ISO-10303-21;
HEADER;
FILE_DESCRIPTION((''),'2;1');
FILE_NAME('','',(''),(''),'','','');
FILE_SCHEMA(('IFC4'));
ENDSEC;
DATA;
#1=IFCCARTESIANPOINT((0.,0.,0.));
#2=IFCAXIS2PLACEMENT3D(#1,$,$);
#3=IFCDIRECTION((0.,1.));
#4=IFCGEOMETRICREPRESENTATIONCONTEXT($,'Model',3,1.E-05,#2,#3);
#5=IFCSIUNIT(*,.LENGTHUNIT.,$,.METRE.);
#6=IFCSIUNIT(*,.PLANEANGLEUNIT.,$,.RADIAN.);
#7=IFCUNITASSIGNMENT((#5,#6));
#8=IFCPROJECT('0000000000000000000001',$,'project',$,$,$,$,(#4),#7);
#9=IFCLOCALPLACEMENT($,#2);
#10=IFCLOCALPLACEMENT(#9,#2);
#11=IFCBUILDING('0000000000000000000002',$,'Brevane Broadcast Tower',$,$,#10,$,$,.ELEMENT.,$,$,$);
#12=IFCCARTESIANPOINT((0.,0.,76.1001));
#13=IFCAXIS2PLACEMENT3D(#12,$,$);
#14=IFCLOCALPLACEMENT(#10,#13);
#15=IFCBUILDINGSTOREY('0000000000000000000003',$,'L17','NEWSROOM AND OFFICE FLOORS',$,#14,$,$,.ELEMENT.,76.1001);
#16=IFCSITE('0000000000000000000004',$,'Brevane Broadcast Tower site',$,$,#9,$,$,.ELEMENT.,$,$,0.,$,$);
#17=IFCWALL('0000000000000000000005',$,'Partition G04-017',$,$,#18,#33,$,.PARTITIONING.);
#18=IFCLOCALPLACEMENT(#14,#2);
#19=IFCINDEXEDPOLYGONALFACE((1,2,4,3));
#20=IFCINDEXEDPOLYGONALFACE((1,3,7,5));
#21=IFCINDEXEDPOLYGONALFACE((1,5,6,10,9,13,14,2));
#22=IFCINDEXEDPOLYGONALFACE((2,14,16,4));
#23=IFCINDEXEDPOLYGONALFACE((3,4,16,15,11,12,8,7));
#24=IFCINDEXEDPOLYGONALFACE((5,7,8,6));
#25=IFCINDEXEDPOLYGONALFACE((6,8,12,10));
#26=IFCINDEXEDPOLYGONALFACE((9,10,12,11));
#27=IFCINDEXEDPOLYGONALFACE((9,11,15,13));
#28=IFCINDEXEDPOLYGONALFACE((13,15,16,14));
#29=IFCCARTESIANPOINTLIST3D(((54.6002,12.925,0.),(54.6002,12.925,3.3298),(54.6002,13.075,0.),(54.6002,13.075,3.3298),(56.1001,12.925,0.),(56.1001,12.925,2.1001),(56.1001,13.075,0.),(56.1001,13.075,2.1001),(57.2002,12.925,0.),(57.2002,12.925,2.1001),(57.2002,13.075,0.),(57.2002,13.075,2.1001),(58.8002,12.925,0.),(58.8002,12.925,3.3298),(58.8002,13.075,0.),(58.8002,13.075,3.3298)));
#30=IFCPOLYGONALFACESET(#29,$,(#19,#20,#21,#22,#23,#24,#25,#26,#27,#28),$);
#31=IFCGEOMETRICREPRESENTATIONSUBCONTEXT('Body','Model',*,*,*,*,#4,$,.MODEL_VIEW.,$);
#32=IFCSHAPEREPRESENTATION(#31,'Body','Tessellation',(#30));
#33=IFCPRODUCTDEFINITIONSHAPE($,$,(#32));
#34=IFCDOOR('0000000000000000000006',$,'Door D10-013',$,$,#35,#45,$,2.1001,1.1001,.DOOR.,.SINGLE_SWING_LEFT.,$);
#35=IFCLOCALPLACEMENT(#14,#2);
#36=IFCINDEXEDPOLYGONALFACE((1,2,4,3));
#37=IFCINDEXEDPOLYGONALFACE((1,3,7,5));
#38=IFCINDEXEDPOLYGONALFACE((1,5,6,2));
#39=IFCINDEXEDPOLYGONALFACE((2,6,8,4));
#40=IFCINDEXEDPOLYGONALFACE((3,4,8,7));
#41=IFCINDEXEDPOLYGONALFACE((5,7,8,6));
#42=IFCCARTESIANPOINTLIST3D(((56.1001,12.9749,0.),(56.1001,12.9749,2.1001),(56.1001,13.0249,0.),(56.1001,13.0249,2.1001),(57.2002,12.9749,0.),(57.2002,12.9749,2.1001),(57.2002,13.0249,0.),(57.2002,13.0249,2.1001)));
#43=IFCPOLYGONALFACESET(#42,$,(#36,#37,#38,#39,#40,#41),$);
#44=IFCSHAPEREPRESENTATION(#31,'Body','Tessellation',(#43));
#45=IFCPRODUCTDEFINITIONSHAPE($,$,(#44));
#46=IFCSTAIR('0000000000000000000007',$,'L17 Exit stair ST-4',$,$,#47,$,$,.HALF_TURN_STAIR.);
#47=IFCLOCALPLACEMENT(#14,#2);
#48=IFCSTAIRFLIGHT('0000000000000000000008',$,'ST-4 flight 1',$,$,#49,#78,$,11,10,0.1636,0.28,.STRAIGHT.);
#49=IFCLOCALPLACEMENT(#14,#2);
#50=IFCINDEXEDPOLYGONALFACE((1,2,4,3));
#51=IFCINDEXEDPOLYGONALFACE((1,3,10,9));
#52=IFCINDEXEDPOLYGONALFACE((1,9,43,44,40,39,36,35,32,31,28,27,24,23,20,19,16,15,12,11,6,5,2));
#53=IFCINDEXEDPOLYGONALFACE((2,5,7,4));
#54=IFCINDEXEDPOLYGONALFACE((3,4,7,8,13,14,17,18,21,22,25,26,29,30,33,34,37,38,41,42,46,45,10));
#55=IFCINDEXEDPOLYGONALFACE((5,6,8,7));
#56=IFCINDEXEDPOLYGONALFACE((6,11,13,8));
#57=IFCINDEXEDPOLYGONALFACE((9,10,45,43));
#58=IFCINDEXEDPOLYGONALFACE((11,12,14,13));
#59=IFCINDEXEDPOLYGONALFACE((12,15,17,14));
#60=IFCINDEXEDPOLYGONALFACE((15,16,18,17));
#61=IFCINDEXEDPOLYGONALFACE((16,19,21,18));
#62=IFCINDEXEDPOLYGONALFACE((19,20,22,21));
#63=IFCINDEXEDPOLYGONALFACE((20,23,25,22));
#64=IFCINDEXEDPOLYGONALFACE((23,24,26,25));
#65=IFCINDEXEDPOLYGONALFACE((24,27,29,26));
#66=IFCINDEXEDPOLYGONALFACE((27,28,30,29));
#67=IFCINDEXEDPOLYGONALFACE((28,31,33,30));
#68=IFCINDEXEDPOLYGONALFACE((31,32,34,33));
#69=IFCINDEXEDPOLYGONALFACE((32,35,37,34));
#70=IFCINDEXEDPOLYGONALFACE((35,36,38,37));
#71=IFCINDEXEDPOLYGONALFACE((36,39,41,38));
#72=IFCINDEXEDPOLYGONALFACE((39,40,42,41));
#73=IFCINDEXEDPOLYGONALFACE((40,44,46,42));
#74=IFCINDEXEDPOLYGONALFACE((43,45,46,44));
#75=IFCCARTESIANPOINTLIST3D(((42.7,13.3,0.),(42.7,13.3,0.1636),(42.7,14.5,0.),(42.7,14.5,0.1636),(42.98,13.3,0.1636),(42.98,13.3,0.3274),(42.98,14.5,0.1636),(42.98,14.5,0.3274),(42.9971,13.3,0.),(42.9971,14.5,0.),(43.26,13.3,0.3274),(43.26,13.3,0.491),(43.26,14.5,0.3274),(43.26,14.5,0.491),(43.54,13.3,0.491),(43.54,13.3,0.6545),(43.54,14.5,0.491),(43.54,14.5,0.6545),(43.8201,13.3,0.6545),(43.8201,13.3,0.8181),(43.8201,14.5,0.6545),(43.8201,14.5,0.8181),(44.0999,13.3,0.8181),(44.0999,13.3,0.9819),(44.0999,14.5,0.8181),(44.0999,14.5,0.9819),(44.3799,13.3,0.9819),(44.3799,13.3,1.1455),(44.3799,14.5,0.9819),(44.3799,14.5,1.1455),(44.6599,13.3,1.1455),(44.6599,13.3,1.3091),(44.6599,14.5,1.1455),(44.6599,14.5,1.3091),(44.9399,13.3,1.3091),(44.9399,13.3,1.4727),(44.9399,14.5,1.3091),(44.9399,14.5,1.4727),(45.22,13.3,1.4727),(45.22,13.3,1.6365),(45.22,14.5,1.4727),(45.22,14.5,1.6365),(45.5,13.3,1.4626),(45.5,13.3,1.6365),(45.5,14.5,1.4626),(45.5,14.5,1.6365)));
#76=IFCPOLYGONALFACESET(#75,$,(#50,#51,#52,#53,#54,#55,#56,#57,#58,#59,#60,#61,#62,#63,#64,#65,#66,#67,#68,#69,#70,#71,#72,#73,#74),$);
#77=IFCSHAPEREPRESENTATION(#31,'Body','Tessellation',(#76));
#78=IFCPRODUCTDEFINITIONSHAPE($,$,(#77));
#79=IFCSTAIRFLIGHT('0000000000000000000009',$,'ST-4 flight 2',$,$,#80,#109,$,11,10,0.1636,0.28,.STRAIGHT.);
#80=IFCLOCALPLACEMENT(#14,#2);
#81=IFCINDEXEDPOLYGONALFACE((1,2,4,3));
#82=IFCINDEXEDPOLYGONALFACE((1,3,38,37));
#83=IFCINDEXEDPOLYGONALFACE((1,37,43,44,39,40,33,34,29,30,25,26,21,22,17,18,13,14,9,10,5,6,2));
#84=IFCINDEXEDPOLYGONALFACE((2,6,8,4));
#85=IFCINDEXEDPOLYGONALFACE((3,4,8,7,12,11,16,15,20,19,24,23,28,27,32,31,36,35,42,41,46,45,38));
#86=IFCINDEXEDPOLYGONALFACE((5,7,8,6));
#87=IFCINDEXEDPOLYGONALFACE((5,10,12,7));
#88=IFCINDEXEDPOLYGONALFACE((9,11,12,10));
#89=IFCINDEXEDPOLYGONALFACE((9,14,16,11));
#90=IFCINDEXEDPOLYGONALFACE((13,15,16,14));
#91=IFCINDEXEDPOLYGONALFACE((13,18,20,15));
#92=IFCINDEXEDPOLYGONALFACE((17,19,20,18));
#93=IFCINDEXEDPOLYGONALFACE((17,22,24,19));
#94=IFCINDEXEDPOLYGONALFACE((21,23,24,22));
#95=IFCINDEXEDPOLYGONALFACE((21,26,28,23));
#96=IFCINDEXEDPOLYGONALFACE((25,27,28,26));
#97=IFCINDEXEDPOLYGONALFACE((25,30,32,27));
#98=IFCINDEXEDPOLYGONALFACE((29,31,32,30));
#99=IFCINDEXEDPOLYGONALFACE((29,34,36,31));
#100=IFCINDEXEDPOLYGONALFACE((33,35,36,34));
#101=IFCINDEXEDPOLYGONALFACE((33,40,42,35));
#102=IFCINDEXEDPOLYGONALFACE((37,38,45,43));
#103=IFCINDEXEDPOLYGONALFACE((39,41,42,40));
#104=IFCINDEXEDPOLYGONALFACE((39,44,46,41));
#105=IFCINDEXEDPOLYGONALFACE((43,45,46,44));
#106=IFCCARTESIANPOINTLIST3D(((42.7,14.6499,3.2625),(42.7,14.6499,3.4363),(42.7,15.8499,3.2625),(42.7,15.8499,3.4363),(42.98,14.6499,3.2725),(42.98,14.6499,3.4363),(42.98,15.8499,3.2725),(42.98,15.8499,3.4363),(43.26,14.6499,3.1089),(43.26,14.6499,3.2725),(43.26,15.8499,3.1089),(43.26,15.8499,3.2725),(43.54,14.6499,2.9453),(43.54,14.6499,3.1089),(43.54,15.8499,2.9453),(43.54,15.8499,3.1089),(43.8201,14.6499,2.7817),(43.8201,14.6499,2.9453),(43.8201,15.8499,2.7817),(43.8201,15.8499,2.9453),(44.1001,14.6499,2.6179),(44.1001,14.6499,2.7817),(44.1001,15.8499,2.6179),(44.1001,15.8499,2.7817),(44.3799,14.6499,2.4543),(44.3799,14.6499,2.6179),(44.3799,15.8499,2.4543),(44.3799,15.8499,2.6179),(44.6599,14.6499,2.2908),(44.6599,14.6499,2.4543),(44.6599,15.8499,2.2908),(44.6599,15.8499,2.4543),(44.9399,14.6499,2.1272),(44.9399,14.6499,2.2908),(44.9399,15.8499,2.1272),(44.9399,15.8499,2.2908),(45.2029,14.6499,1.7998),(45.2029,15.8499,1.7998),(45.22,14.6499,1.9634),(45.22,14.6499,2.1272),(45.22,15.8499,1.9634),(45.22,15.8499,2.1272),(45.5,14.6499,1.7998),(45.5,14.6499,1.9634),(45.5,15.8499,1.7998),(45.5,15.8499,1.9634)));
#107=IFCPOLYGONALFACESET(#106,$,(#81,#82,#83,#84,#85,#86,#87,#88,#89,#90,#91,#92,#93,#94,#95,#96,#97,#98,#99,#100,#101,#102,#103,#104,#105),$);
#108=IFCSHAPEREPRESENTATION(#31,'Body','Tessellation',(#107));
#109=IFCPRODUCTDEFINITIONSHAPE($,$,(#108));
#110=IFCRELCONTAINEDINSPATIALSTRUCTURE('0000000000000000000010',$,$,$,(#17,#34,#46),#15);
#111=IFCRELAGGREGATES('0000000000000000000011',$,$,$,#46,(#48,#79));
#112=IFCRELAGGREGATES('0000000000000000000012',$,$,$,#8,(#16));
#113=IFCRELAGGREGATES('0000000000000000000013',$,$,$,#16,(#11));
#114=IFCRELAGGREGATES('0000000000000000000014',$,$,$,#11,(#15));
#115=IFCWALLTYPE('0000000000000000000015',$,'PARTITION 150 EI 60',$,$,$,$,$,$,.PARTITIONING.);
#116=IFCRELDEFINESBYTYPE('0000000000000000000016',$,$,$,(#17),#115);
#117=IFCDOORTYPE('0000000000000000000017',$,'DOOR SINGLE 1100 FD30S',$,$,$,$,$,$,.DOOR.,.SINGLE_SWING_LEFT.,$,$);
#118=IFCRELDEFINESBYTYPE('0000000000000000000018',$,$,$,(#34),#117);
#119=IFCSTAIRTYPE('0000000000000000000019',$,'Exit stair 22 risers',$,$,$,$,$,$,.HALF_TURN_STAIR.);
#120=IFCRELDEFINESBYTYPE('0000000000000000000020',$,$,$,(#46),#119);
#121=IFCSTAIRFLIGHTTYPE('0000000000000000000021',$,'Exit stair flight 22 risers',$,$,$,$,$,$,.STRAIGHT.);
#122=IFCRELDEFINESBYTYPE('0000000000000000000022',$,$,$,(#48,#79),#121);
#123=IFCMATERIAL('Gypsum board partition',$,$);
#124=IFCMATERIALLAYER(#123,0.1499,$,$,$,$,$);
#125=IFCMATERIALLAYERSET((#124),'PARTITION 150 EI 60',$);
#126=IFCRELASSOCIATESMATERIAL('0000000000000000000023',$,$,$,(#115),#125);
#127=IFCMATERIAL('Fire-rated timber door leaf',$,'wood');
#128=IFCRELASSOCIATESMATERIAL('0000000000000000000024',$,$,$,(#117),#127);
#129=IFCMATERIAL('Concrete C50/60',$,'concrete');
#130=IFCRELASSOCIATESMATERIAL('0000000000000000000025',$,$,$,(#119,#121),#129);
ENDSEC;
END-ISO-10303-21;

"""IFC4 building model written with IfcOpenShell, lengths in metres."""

from ifc_helpers import new_model, si_unit, direction, frame, frame_2d, origin, place, context, subcontext, project, spatial, polyline, rectangle, outline, extrude, material, layer, layer_set, type_object, element, fill, aggregate, save


model = new_model("IFC4")

# Units and contexts
model_context = context("Model", 3, precision=1e-05, world=origin(), true_north=direction((0.0, 1.0)))
body_context = subcontext(model_context, "Body", "Model", "MODEL_VIEW")
ifc_project = project(units=[si_unit("LENGTHUNIT", "METRE"), si_unit("PLANEANGLEUNIT", "RADIAN")], contexts=[model_context])

# Site, building, storey
site_placement = place(None, origin())
site = spatial("IfcSite", under=ifc_project, at=site_placement, Name="Brevane Broadcast Tower site", CompositionType="ELEMENT", RefElevation=0.0)
building_placement = place(site_placement, origin())
building = spatial("IfcBuilding", under=site, at=building_placement, Name="Brevane Broadcast Tower", CompositionType="ELEMENT")
storey_placement = place(building_placement, frame((0.0, 0.0, 76.1001)))
storey = spatial("IfcBuildingStorey", under=building, at=storey_placement, Name="L17", Description="NEWSROOM AND OFFICE FLOORS", CompositionType="ELEMENT", Elevation=76.1001)

# Shared definitions
ifc_material_1 = material(Name="Gypsum board partition")

# Shared definitions
ifc_layer_1 = layer(ifc_material_1, 0.1499)
ifc_layer_set_1 = layer_set([ifc_layer_1], Name="PARTITION 150 EI 60")
wall_type_1 = type_object("IfcWallType", Name="PARTITION 150 EI 60", PredefinedType="PARTITIONING", material=ifc_layer_set_1)
ifc_material_2 = material(Name="Fire-rated timber door leaf", Category="wood")

# Wall, opening, door
door_type_1 = type_object("IfcDoorType", Name="DOOR SINGLE 1100 FD30S", OperationType="SINGLE_SWING_LEFT", PredefinedType="DOOR", material=ifc_material_2)
wall_1_placement = place(storey_placement, frame((54.6001, 13.0, 0.0), z_axis=(0.0, 0.0, 1.0), x_axis=(1.0, 0.0, 0.0)))
wall_1 = element("IfcWall", 1, at=wall_1_placement, inside=storey, type_object=wall_type_1, Name="Partition G04-017", PredefinedType="PARTITIONING", context=body_context, shape_type="SweptSolid", body=[
    extrude(rectangle(XDim=4.2, YDim=0.1499, at=frame_2d((2.1001, 0.0))), origin(), (0.0, 0.0, 1.0), 3.3298),
])
opening_1_placement = place(wall_1_placement, frame((1.5, 0.0, 0.0)))
opening_1 = element("IfcOpeningElement", 2, at=opening_1_placement, cuts=wall_1, PredefinedType="OPENING", context=body_context, shape_type="SweptSolid", body=[
    extrude(rectangle(XDim=1.1001, YDim=2.1001, at=frame_2d((0.55, 1.05))), frame((0.0, 0.085, 0.0), z_axis=(0.0, -1.0, 0.0), x_axis=(1.0, 0.0, 0.0)), (0.0, 0.0, 1.0), 0.1699),
])
door_1_placement = place(opening_1_placement, origin())
door_1 = element("IfcDoor", 3, at=door_1_placement, inside=storey, type_object=door_type_1, Name="Door D10-013", OperationType="SINGLE_SWING_LEFT", OverallHeight=2.1001, OverallWidth=1.1001, PredefinedType="DOOR", context=body_context, shape_type="SweptSolid", body=[
    extrude(rectangle(XDim=1.1001, YDim=2.1001, at=frame_2d((0.55, 1.05))), frame((0.0, 0.0249, 0.0), z_axis=(0.0, -1.0, 0.0), x_axis=(1.0, 0.0, 0.0)), (0.0, 0.0, 1.0), 0.05),
])
fill(opening_1, door_1)

# Stair, stair flights
ifc_material_3 = material(Name="Concrete C50/60", Category="concrete")
stair_type = type_object("IfcStairType", Name="Exit stair 22 risers", PredefinedType="HALF_TURN_STAIR", material=ifc_material_3)
stair_placement = place(storey_placement, origin())
stair = element("IfcStair", 4, at=stair_placement, inside=storey, type_object=stair_type, Name="L17 Exit stair ST-4", PredefinedType="HALF_TURN_STAIR")
stair_flight_type = type_object("IfcStairFlightType", Name="Exit stair flight 22 risers", PredefinedType="STRAIGHT", material=ifc_material_3)
stair_flight_1_placement = place(storey_placement, frame((42.7, 13.8999, 0.0), z_axis=(0.0, 0.0, 1.0), x_axis=(1.0, 0.0, 0.0)))
stair_flight_1 = element("IfcStairFlight", 5, at=stair_flight_1_placement, type_object=stair_flight_type, Name="ST-4 flight 1", NumberOfRisers=11, NumberOfTreads=10, PredefinedType="STRAIGHT", RiserHeight=0.1636, TreadLength=0.28, context=body_context, shape_type="SweptSolid", body=[
    extrude(outline(polyline([(0.0, 0.0), (0.0, 0.1636), (0.28, 0.1636), (0.28, 0.3274), (0.5601, 0.3274), (0.5601, 0.491), (0.8401, 0.491), (0.8401, 0.6545), (1.1201, 0.6545), (1.1201, 0.8181), (1.3999, 0.8181), (1.3999, 0.9819), (1.6799, 0.9819), (1.6799, 1.1455), (1.96, 1.1455), (1.96, 1.3091), (2.24, 1.3091), (2.24, 1.4727), (2.52, 1.4727), (2.52, 1.6365), (2.8, 1.6365), (2.8, 1.8), (2.8, 1.4626), (0.2971, 0.0), (0.0, 0.0)])), frame((0.0, 0.6001, 0.0), z_axis=(0.0, -1.0, 0.0), x_axis=(1.0, 0.0, 0.0)), (0.0, 0.0, 1.0), 1.2),
])
stair_flight_2_placement = place(storey_placement, frame((45.5, 15.25, 1.7998), z_axis=(0.0, 0.0, 1.0), x_axis=(-1.0, 0.0, 0.0)))
stair_flight_2 = element("IfcStairFlight", 6, at=stair_flight_2_placement, type_object=stair_flight_type, Name="ST-4 flight 2", NumberOfRisers=11, NumberOfTreads=10, PredefinedType="STRAIGHT", RiserHeight=0.1636, TreadLength=0.28, context=body_context, shape_type="SweptSolid", body=[
    extrude(outline(polyline([(0.0, 0.0), (0.0, 0.1636), (0.28, 0.1636), (0.28, 0.3274), (0.5601, 0.3274), (0.5601, 0.491), (0.8401, 0.491), (0.8401, 0.6545), (1.1201, 0.6545), (1.1201, 0.8181), (1.3999, 0.8181), (1.3999, 0.9819), (1.6799, 0.9819), (1.6799, 1.1455), (1.96, 1.1455), (1.96, 1.3091), (2.24, 1.3091), (2.24, 1.4727), (2.52, 1.4727), (2.52, 1.6365), (2.8, 1.6365), (2.8, 1.8), (2.8, 1.4626), (0.2971, 0.0), (0.0, 0.0)])), frame((0.0, 0.6001, 0.0), z_axis=(0.0, -1.0, 0.0), x_axis=(1.0, 0.0, 0.0)), (0.0, 0.0, 1.0), 1.2),
])
aggregate(stair, [stair_flight_1, stair_flight_2])

save(model, "model.ifc")
